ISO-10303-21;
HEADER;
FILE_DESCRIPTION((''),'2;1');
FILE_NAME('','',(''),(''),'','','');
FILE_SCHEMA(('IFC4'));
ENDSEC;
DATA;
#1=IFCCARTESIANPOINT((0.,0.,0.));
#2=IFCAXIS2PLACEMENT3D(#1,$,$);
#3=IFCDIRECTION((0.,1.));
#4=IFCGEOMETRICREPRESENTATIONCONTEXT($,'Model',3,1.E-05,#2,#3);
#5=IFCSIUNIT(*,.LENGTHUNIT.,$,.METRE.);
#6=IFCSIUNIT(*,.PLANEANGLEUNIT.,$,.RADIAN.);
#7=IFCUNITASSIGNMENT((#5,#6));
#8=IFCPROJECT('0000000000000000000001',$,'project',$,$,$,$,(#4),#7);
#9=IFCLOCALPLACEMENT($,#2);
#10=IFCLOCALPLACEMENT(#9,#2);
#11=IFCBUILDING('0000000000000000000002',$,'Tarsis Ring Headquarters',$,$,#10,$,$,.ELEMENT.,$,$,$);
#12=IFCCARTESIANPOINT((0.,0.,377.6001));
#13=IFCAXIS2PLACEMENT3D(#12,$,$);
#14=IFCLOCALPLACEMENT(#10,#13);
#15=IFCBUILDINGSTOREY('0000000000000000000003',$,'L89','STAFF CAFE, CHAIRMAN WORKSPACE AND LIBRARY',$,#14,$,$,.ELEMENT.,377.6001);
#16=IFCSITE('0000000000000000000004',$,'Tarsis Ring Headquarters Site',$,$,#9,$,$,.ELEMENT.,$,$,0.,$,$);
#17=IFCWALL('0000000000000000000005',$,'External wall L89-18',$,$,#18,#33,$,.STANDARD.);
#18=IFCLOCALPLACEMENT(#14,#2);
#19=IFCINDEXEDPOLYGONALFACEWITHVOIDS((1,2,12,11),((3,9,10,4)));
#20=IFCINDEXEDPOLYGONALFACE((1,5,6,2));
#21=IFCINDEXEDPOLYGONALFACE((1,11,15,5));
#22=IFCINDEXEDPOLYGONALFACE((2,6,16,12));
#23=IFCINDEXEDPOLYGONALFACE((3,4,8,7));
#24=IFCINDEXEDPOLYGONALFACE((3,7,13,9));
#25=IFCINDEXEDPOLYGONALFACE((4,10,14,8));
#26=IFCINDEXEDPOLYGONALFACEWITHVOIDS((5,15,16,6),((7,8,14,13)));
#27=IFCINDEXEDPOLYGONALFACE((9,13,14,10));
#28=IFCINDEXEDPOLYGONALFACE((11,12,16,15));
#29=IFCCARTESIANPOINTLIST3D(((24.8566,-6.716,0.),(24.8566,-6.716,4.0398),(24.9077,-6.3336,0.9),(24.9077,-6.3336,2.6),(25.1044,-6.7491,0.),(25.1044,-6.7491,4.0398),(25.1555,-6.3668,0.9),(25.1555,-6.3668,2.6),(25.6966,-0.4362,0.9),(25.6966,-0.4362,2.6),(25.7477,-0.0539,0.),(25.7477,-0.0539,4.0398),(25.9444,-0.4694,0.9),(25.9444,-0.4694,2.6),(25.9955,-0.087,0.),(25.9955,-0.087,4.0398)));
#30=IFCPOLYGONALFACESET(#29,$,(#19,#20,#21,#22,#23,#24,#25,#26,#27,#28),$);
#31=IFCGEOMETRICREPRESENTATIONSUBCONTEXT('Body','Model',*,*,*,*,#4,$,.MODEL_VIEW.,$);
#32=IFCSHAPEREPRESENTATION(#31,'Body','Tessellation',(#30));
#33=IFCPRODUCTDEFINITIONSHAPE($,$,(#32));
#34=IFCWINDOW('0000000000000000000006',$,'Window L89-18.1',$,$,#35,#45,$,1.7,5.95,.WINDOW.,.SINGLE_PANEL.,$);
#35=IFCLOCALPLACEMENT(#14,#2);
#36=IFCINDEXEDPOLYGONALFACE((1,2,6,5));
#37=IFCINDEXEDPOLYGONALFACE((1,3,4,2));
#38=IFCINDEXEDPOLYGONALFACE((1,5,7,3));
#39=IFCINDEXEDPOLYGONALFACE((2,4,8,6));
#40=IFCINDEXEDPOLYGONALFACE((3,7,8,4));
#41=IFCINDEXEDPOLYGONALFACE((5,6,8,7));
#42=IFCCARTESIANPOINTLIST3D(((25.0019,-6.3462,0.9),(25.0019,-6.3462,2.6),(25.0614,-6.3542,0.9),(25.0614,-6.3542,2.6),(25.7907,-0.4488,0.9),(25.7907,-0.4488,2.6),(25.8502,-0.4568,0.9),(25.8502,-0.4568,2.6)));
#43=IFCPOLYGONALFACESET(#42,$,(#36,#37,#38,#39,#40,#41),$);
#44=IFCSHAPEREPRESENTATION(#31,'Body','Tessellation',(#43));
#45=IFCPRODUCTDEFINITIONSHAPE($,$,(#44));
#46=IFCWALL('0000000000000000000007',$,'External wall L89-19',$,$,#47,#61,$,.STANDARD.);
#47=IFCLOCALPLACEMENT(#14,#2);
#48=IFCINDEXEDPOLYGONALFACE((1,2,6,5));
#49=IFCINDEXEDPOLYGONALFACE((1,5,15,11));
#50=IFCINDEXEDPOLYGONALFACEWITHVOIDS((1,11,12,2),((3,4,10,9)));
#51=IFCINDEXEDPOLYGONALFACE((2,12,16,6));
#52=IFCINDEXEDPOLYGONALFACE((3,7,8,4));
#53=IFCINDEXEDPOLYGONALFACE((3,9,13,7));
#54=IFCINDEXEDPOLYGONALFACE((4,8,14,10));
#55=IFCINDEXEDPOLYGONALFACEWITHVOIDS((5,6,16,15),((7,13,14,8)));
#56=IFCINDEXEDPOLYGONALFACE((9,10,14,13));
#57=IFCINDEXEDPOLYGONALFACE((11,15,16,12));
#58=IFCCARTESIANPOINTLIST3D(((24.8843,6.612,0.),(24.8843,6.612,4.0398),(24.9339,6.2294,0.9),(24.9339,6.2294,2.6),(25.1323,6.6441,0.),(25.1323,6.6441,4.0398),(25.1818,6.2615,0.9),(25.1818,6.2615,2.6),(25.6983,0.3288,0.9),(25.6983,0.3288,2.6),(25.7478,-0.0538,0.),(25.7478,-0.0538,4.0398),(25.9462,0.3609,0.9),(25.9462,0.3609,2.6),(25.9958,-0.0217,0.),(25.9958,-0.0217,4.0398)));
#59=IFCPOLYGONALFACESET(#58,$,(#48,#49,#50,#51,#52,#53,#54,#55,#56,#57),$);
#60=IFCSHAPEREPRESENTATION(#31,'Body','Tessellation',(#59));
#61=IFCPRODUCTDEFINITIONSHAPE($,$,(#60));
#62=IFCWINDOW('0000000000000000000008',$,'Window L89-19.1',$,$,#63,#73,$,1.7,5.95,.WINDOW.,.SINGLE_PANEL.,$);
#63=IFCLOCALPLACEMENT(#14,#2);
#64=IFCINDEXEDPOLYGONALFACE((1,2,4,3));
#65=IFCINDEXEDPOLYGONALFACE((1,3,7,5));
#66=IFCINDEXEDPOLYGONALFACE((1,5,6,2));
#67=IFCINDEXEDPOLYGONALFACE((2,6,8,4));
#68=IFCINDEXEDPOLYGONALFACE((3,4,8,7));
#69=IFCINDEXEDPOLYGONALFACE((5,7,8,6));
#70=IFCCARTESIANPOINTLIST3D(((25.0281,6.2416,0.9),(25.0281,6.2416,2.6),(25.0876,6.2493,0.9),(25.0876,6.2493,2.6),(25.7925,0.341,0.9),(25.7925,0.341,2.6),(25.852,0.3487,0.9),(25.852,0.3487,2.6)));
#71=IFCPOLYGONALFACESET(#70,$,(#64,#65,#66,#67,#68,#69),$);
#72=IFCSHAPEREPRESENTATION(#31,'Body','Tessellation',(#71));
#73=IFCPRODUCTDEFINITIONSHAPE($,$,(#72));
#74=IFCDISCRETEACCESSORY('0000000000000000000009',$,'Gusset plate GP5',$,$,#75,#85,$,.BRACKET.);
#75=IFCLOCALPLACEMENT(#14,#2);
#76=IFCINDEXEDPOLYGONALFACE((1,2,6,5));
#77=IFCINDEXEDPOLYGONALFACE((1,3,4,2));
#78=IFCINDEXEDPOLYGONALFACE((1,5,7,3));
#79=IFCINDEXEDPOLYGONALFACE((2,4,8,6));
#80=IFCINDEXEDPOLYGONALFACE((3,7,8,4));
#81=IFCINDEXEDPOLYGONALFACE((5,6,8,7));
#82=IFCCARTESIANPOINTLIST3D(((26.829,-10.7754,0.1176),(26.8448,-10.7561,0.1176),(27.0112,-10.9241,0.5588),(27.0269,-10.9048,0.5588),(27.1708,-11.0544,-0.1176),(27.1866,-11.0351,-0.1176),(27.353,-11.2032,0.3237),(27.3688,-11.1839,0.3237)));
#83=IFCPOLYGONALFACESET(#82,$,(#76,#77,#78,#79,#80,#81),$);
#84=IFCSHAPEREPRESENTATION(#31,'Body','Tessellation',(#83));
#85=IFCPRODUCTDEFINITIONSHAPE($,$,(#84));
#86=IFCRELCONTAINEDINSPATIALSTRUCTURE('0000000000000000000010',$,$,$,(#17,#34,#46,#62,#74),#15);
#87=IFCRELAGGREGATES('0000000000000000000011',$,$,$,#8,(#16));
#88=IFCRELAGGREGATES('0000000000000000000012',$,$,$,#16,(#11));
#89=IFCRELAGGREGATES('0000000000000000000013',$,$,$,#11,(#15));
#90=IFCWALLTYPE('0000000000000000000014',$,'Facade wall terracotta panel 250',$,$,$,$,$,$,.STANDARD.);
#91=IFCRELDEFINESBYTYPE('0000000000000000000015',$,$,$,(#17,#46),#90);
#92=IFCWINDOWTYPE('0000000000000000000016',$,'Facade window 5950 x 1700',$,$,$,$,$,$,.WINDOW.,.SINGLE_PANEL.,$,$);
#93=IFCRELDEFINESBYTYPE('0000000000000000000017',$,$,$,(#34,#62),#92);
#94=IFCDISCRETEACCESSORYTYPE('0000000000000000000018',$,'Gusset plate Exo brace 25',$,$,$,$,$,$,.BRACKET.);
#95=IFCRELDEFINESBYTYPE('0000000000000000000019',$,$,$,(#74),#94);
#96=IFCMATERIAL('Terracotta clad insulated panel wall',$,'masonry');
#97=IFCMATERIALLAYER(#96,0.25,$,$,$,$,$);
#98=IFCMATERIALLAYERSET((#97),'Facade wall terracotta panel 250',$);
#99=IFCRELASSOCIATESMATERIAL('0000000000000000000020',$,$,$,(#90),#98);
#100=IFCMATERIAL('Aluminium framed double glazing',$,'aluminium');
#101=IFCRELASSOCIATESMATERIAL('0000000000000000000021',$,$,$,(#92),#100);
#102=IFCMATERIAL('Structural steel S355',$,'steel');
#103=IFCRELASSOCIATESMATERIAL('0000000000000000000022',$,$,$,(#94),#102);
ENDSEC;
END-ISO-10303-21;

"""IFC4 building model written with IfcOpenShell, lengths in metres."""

from ifc_helpers import new_model, si_unit, direction, frame, frame_2d, origin, origin_2d, place, context, subcontext, project, spatial, rectangle, extrude, material, layer, layer_set, material_profile, profile_set, type_object, element, fill, save


model = new_model("IFC4")

# Units and contexts
model_context = context("Model", 3, precision=1e-05, world=origin(), true_north=direction((0.0, 1.0)))
body_context = subcontext(model_context, "Body", "Model", "MODEL_VIEW")
ifc_project = project(units=[si_unit("LENGTHUNIT", "METRE"), si_unit("PLANEANGLEUNIT", "RADIAN")], contexts=[model_context])

# Site, building, storey
site_placement = place(None, origin())
site = spatial("IfcSite", under=ifc_project, at=site_placement, Name="Tarsis Ring Headquarters Site", CompositionType="ELEMENT", RefElevation=0.0)
building_placement = place(site_placement, origin())
building = spatial("IfcBuilding", under=site, at=building_placement, Name="Tarsis Ring Headquarters", CompositionType="ELEMENT")
storey_placement = place(building_placement, frame((0.0, 0.0, 377.6001)))
storey = spatial("IfcBuildingStorey", under=building, at=storey_placement, Name="L89", Description="STAFF CAFE, CHAIRMAN WORKSPACE AND LIBRARY", CompositionType="ELEMENT", Elevation=377.6001)

# Shared definitions
ifc_material_1 = material(Name="Structural steel S355", Category="steel")

# Walls, openings, windows
ifc_material_2 = material(Name="Terracotta clad insulated panel wall", Category="masonry")
ifc_layer_1 = layer(ifc_material_2, 0.25)
ifc_layer_set_1 = layer_set([ifc_layer_1], Name="Facade wall terracotta panel 250")
wall_type_1 = type_object("IfcWallType", Name="Facade wall terracotta panel 250", PredefinedType="STANDARD", material=ifc_layer_set_1)
ifc_material_3 = material(Name="Aluminium framed double glazing", Category="aluminium")
wall_1_placement = place(storey_placement, frame((24.9805, -6.7327, 0.0), z_axis=(0.0, 0.0, 1.0), x_axis=(0.132578, 0.991173, 0.0)))
wall_1 = element("IfcWall", 1, at=wall_1_placement, inside=storey, type_object=wall_type_1, Name="External wall L89-18", PredefinedType="STANDARD", context=body_context, shape_type="SweptSolid", body=[
    extrude(rectangle(XDim=6.7214, YDim=0.25, at=frame_2d((3.3608, 0.0))), origin(), (0.0, 0.0, 1.0), 4.0398),
])
opening_1_placement = place(wall_1_placement, frame((0.3857, 0.0, 0.8999)))
opening_1 = element("IfcOpeningElement", 2, at=opening_1_placement, cuts=wall_1, PredefinedType="OPENING", context=body_context, shape_type="SweptSolid", body=[
    extrude(rectangle(XDim=5.95, YDim=1.7, at=frame_2d((2.9751, 0.8501))), frame((0.0, 0.135, 0.0), z_axis=(0.0, -1.0, 0.0), x_axis=(1.0, 0.0, 0.0)), (0.0, 0.0, 1.0), 0.27),
])
window_type_1 = type_object("IfcWindowType", Name="Facade window 5950 x 1700", PartitioningType="SINGLE_PANEL", PredefinedType="WINDOW", material=ifc_material_3)
window_1_placement = place(opening_1_placement, origin())
window_1 = element("IfcWindow", 3, at=window_1_placement, inside=storey, type_object=window_type_1, Name="Window L89-18.1", OverallHeight=1.7, OverallWidth=5.95, PartitioningType="SINGLE_PANEL", PredefinedType="WINDOW", context=body_context, shape_type="SweptSolid", body=[
    extrude(rectangle(XDim=5.95, YDim=1.7, at=frame_2d((2.9751, 0.8501))), frame((0.0, 0.03, 0.0), z_axis=(0.0, -1.0, 0.0), x_axis=(1.0, 0.0, 0.0)), (0.0, 0.0, 1.0), 0.0601),
])
fill(opening_1, window_1)
wall_2_placement = place(storey_placement, frame((25.8718, -0.0378, 0.0), z_axis=(0.0, 0.0, 1.0), x_axis=(-0.128473, 0.991713, 0.0)))
wall_2 = element("IfcWall", 4, at=wall_2_placement, inside=storey, type_object=wall_type_1, Name="External wall L89-19", PredefinedType="STANDARD", context=body_context, shape_type="SweptSolid", body=[
    extrude(rectangle(XDim=6.7214, YDim=0.25, at=frame_2d((3.3608, 0.0))), origin(), (0.0, 0.0, 1.0), 4.0398),
])
opening_2_placement = place(wall_2_placement, frame((0.3857, 0.0, 0.8999)))
opening_2 = element("IfcOpeningElement", 5, at=opening_2_placement, cuts=wall_2, PredefinedType="OPENING", context=body_context, shape_type="SweptSolid", body=[
    extrude(rectangle(XDim=5.95, YDim=1.7, at=frame_2d((2.9751, 0.8501))), frame((0.0, 0.135, 0.0), z_axis=(0.0, -1.0, 0.0), x_axis=(1.0, 0.0, 0.0)), (0.0, 0.0, 1.0), 0.27),
])
window_2_placement = place(opening_2_placement, origin())
window_2 = element("IfcWindow", 6, at=window_2_placement, inside=storey, type_object=window_type_1, Name="Window L89-19.1", OverallHeight=1.7, OverallWidth=5.95, PartitioningType="SINGLE_PANEL", PredefinedType="WINDOW", context=body_context, shape_type="SweptSolid", body=[
    extrude(rectangle(XDim=5.95, YDim=1.7, at=frame_2d((2.9751, 0.8501))), frame((0.0, 0.03, 0.0), z_axis=(0.0, -1.0, 0.0), x_axis=(1.0, 0.0, 0.0)), (0.0, 0.0, 1.0), 0.0601),
])
fill(opening_2, window_2)

# Discrete accessory
ifc_material_profile_1 = material_profile(ifc_material_1, rectangle(XDim=0.0249, YDim=0.5, at=origin_2d()), Name="PL 25x500")
ifc_profile_set_1 = profile_set([ifc_material_profile_1], Name="Structural steel S355")
discrete_accessory_type = type_object("IfcDiscreteAccessoryType", Name="Gusset plate Exo brace 25", PredefinedType="BRACKET", material=ifc_profile_set_1)
discrete_accessory_placement = place(storey_placement, frame((27.0078, -10.9053, 0.0), z_axis=(0.36433, -0.297422, 0.882499), x_axis=(0.632389, 0.774651, 0.0)))
element("IfcDiscreteAccessory", 7, at=discrete_accessory_placement, inside=storey, type_object=discrete_accessory_type, Name="Gusset plate GP5", PredefinedType="BRACKET", context=body_context, shape_type="SweptSolid", body=[
    extrude(rectangle(XDim=0.0249, YDim=0.5, at=origin_2d()), origin(), (0.0, 0.0, 1.0), 0.5),
])

save(model, "model.ifc")
